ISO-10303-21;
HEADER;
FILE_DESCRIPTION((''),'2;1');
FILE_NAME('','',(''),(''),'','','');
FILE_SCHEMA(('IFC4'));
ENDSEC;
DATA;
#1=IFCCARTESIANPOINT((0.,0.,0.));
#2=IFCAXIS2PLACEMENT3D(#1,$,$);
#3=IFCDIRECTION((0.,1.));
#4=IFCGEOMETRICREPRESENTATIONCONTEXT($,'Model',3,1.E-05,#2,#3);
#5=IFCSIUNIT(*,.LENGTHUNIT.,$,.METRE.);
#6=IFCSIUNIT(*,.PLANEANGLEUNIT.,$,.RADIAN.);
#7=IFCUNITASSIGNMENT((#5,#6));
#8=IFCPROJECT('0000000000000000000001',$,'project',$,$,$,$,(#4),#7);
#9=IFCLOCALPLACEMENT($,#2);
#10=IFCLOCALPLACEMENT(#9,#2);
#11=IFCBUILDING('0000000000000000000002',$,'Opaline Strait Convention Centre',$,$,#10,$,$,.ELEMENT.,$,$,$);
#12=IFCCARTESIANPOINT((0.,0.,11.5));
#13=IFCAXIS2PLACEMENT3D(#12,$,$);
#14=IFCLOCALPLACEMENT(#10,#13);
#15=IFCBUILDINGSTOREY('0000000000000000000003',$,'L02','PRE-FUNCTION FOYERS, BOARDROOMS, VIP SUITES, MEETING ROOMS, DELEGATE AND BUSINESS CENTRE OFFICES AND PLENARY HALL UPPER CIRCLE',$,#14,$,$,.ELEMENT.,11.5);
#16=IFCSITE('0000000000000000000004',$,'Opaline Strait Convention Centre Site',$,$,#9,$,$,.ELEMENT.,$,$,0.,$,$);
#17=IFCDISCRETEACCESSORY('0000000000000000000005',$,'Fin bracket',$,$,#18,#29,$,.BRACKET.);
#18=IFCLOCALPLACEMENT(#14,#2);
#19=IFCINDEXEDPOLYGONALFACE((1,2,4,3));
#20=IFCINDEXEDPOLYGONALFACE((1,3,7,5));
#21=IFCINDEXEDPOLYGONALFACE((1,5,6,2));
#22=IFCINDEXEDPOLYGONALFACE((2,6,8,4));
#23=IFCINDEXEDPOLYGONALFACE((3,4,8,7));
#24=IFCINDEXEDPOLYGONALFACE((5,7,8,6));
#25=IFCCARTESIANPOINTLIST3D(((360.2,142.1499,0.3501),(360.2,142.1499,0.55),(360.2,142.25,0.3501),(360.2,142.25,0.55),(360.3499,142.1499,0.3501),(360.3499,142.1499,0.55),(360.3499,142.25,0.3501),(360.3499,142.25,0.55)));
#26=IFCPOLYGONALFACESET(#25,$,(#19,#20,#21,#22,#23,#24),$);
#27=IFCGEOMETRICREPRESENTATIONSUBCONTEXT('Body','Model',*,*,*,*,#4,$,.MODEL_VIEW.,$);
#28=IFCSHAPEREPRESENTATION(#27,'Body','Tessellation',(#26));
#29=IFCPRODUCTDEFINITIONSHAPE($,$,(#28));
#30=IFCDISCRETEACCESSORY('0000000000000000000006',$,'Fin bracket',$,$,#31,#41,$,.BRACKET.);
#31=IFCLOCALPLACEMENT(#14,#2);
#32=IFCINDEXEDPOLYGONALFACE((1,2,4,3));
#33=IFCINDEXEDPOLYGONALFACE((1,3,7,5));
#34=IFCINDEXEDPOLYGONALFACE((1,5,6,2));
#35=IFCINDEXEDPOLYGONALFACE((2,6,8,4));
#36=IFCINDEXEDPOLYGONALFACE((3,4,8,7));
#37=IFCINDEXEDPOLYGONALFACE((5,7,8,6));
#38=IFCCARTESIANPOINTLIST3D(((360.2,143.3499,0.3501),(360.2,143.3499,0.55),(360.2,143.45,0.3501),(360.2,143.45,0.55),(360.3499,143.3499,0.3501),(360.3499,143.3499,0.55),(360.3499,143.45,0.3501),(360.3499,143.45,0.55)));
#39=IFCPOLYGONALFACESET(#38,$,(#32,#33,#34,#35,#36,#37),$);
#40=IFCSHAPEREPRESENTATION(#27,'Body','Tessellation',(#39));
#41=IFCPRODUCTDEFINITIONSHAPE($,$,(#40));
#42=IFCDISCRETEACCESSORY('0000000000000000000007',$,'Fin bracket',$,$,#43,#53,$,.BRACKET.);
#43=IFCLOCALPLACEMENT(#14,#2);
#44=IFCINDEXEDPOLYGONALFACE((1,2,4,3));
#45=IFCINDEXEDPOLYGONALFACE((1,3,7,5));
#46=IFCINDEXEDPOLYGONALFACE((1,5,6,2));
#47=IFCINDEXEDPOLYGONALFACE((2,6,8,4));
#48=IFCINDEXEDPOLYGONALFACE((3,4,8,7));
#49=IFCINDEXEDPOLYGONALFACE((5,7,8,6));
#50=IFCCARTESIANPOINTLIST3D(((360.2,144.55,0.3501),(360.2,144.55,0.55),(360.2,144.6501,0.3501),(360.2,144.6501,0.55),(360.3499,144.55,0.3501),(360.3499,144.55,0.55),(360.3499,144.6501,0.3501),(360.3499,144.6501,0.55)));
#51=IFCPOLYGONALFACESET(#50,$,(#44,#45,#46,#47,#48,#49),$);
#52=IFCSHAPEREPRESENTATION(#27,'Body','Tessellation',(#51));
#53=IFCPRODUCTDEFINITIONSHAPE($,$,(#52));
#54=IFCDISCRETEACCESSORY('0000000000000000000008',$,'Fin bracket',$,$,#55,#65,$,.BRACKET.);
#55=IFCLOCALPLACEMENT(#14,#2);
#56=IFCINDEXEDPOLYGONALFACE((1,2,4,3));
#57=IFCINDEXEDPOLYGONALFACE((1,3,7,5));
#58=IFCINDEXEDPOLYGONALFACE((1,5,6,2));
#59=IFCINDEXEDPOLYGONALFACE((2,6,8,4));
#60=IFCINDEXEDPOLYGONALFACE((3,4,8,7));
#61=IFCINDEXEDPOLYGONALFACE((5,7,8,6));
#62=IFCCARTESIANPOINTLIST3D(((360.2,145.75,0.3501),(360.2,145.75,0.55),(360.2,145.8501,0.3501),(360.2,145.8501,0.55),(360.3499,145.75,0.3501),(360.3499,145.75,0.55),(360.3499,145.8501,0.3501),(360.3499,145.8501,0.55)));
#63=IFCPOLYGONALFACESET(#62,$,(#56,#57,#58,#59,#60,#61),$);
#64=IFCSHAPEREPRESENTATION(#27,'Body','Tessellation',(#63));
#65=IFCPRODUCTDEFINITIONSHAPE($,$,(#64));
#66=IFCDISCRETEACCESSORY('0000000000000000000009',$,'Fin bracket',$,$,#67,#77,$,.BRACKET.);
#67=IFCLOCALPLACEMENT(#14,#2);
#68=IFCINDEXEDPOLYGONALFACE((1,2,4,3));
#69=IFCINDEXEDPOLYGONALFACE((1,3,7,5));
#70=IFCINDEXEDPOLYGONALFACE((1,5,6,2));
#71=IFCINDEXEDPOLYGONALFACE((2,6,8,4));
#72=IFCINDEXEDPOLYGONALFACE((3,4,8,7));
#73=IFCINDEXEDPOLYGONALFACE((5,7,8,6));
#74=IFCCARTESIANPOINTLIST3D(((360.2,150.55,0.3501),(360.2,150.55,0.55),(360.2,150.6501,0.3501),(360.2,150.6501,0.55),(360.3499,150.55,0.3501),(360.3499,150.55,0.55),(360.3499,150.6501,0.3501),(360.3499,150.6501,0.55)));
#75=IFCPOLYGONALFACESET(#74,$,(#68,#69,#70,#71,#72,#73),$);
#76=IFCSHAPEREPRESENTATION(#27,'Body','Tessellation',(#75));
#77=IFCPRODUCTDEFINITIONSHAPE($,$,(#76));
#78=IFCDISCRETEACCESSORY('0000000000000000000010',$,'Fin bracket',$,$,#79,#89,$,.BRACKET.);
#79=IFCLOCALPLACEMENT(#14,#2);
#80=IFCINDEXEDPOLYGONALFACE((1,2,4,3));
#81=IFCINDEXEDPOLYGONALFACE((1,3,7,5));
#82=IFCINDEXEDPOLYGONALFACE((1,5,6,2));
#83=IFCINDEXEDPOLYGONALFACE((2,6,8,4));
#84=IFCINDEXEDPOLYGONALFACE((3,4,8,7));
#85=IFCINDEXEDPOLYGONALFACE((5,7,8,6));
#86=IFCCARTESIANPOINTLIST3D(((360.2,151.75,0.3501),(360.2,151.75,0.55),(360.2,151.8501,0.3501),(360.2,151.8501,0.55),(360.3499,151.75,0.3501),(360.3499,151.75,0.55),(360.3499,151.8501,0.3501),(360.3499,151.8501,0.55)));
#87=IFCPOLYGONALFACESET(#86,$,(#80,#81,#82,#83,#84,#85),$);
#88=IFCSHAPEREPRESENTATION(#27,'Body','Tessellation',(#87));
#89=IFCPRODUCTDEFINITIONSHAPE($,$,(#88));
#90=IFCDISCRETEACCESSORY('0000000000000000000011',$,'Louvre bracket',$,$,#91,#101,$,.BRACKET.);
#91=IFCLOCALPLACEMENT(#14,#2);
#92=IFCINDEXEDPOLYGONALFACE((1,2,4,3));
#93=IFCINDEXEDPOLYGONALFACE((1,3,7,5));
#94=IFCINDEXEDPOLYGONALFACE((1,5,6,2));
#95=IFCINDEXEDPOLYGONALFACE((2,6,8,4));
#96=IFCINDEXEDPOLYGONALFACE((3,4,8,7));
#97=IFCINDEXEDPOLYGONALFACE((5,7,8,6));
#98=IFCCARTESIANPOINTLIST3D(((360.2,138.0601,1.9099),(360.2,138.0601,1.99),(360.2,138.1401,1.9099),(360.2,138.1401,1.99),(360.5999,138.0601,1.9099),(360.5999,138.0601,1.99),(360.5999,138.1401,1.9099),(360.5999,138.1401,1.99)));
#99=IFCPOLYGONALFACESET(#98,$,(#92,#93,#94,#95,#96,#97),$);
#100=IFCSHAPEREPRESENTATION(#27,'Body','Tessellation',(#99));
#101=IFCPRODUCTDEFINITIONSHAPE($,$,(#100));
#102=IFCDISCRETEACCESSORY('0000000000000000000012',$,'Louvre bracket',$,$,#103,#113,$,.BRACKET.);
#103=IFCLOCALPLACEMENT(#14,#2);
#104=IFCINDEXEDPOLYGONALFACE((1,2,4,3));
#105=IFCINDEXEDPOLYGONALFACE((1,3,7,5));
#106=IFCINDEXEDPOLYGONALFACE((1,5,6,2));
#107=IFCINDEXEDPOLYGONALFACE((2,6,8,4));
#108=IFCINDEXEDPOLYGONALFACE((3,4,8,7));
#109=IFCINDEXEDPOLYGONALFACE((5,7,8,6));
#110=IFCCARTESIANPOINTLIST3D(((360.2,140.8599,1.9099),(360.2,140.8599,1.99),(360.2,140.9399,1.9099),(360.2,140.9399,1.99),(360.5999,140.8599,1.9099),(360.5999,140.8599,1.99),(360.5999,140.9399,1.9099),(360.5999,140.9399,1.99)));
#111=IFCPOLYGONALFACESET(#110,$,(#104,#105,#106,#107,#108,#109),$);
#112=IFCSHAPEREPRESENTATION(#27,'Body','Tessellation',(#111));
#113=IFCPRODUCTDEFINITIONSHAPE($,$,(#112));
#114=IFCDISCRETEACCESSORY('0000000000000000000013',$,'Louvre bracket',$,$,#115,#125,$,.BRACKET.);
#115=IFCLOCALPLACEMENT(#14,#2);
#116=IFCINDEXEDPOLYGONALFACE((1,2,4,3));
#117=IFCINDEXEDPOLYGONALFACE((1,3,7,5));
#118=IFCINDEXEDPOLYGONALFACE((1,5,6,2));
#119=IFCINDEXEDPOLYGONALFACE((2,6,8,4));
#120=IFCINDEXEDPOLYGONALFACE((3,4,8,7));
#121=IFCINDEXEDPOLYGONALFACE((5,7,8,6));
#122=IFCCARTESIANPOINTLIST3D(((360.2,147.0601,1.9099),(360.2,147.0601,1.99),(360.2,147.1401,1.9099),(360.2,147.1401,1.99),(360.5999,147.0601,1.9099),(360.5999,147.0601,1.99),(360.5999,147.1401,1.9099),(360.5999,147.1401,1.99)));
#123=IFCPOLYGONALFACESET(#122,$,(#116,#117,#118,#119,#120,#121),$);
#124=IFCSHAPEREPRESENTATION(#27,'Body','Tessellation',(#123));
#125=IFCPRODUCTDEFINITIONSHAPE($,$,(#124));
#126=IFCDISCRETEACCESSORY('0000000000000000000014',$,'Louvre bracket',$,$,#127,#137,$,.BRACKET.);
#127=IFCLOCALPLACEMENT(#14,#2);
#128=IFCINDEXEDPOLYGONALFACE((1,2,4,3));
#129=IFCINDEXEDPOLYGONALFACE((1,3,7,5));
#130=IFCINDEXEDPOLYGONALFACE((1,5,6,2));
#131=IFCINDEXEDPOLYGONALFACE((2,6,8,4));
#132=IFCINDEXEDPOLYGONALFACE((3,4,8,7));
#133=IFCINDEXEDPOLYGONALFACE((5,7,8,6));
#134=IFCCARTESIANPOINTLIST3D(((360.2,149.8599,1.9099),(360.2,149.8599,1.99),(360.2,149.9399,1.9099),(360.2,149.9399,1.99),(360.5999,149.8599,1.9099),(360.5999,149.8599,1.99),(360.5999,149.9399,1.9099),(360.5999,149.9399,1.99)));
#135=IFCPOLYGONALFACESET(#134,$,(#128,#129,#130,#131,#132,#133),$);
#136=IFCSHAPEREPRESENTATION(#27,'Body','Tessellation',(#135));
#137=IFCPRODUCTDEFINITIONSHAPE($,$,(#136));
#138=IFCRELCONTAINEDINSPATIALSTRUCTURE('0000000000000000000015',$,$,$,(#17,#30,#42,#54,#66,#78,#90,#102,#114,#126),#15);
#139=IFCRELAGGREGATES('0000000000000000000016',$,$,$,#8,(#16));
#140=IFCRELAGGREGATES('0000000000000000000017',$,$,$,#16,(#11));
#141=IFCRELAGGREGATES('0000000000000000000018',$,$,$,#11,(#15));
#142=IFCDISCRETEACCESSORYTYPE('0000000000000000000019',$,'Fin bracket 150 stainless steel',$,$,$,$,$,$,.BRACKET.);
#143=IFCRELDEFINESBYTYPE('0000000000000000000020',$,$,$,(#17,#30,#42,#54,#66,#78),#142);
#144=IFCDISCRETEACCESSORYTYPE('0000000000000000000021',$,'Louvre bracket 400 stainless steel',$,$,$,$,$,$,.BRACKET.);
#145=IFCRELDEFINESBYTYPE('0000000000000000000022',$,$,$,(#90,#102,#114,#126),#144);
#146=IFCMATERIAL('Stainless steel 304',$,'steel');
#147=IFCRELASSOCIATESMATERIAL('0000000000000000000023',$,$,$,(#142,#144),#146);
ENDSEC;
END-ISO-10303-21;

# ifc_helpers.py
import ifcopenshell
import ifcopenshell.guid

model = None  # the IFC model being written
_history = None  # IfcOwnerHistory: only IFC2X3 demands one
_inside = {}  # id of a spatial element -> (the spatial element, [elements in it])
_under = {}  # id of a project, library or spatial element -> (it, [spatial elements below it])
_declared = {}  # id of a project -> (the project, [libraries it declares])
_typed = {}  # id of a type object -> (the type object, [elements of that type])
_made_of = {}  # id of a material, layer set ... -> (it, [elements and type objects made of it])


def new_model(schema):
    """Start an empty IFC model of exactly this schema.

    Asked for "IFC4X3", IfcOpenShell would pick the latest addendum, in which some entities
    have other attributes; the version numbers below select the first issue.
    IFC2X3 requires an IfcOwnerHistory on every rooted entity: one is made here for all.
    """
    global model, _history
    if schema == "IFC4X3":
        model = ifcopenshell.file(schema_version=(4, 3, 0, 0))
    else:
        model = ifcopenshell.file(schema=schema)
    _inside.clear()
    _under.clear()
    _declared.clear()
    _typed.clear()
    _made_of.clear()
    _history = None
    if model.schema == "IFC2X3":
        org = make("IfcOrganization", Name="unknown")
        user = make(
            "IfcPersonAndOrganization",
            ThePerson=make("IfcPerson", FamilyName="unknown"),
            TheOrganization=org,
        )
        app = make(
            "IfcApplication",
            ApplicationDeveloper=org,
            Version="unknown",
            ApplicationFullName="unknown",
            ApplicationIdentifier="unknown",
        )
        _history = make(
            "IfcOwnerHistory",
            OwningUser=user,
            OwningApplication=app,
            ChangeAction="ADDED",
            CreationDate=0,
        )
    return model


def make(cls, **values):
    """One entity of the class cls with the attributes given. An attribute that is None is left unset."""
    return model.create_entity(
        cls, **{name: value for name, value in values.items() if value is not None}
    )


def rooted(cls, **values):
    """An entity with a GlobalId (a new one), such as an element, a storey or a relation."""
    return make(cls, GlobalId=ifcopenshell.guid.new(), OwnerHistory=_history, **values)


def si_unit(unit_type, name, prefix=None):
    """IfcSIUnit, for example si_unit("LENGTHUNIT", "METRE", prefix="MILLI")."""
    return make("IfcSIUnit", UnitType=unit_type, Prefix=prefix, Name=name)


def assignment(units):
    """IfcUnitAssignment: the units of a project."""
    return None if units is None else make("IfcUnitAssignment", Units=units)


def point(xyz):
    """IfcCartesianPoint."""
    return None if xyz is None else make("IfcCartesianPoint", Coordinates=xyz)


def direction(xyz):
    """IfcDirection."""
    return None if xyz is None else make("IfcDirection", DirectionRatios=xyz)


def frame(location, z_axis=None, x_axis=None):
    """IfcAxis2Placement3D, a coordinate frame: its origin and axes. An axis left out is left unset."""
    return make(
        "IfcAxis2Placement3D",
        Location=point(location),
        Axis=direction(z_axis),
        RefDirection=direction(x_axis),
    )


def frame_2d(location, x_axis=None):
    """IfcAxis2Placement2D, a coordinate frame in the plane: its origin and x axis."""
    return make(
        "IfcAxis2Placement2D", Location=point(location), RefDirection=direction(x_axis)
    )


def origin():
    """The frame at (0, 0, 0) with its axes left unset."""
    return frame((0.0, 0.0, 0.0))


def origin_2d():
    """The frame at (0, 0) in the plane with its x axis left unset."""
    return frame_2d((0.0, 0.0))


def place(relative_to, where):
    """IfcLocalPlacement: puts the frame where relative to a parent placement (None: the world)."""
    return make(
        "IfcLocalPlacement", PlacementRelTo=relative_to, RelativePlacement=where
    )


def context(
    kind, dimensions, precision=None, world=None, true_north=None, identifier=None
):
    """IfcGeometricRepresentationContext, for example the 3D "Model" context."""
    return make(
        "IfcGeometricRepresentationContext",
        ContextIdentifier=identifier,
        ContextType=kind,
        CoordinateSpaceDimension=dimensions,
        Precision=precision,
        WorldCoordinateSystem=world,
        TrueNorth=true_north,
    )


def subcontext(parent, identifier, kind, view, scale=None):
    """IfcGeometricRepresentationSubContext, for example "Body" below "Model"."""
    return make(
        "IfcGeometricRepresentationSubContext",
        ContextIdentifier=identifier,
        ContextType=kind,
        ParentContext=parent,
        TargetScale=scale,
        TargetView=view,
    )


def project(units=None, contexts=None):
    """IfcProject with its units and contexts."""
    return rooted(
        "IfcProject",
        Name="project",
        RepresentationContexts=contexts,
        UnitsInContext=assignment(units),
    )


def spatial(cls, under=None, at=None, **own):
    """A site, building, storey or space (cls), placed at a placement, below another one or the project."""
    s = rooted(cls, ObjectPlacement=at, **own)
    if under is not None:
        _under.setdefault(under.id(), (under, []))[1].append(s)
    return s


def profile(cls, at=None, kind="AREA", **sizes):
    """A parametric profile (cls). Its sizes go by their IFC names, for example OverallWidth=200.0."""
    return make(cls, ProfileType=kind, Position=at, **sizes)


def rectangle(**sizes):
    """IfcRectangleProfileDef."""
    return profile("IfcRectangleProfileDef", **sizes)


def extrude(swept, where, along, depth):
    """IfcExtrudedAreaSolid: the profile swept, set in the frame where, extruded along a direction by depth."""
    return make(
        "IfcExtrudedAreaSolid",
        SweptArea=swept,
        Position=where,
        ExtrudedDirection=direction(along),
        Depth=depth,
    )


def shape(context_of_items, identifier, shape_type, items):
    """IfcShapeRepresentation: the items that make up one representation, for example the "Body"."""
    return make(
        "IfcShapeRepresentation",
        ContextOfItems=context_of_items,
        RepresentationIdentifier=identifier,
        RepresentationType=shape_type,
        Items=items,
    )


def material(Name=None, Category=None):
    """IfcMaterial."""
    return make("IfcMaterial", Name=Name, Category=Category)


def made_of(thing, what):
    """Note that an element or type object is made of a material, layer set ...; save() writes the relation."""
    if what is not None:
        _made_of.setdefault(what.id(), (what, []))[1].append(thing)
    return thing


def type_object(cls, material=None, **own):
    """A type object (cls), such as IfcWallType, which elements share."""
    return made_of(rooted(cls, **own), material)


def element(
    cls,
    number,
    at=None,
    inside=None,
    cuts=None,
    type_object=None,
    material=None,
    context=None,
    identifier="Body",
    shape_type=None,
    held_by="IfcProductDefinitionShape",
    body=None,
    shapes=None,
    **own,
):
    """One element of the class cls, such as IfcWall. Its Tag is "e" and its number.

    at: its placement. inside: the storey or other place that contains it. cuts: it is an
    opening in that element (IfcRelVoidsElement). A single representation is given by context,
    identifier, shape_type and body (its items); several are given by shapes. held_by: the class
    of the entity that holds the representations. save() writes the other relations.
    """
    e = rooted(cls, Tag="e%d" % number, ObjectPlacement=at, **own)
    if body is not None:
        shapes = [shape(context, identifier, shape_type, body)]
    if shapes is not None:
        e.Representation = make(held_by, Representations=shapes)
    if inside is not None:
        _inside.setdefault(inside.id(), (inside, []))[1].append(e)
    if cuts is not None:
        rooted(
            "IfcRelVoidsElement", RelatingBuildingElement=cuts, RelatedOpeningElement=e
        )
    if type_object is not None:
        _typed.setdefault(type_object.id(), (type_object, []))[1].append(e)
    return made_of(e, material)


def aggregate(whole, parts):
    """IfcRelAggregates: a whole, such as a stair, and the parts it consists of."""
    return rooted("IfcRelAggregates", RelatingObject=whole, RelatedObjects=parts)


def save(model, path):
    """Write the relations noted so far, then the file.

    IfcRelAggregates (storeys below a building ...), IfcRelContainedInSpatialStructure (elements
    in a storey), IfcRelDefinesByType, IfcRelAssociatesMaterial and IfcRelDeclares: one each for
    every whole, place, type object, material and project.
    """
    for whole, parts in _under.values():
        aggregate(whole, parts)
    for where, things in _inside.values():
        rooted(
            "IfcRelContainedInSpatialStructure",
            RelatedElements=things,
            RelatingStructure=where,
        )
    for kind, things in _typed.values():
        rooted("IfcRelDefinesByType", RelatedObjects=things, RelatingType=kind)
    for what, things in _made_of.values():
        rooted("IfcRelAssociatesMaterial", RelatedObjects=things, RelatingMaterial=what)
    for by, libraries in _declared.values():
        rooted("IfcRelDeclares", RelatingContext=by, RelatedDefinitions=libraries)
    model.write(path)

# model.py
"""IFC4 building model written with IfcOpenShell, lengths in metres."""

from ifc_helpers import new_model, si_unit, direction, frame, origin, origin_2d, place, context, subcontext, project, spatial, rectangle, extrude, material, type_object, element, save


model = new_model("IFC4")

# Units and contexts
model_context = context("Model", 3, precision=1e-05, world=origin(), true_north=direction((0.0, 1.0)))
body_context = subcontext(model_context, "Body", "Model", "MODEL_VIEW")
ifc_project = project(units=[si_unit("LENGTHUNIT", "METRE"), si_unit("PLANEANGLEUNIT", "RADIAN")], contexts=[model_context])

# Site, building, storey
site_placement = place(None, origin())
site = spatial("IfcSite", under=ifc_project, at=site_placement, Name="Opaline Strait Convention Centre Site", CompositionType="ELEMENT", RefElevation=0.0)
building_placement = place(site_placement, origin())
building = spatial("IfcBuilding", under=site, at=building_placement, Name="Opaline Strait Convention Centre", CompositionType="ELEMENT")
storey_placement = place(building_placement, frame((0.0, 0.0, 11.5)))
storey = spatial("IfcBuildingStorey", under=building, at=storey_placement, Name="L02", Description="PRE-FUNCTION FOYERS, BOARDROOMS, VIP SUITES, MEETING ROOMS, DELEGATE AND BUSINESS CENTRE OFFICES AND PLENARY HALL UPPER CIRCLE", CompositionType="ELEMENT", Elevation=11.5)

# Discrete accessories
ifc_material_1 = material(Name="Stainless steel 304", Category="steel")
discrete_accessory_type_1 = type_object("IfcDiscreteAccessoryType", Name="Fin bracket 150 stainless steel", PredefinedType="BRACKET", material=ifc_material_1)
for number, where, z_axis, x_axis, name in (
    (1, (360.2749, 142.2, 0.3501), (0.0, 0.0, 1.0), (1.0, 0.0, 0.0), "Fin bracket"),
    (2, (360.2749, 143.3999, 0.3501), (0.0, 0.0, 1.0), (1.0, 0.0, 0.0), "Fin bracket"),
    (3, (360.2749, 144.6001, 0.3501), (0.0, 0.0, 1.0), (1.0, 0.0, 0.0), "Fin bracket"),
    (4, (360.2749, 145.8, 0.3501), (0.0, 0.0, 1.0), (1.0, 0.0, 0.0), "Fin bracket"),
    (5, (360.2749, 150.6001, 0.3501), (0.0, 0.0, 1.0), (1.0, 0.0, 0.0), "Fin bracket"),
    (6, (360.2749, 151.8, 0.3501), (0.0, 0.0, 1.0), (1.0, 0.0, 0.0), "Fin bracket"),
):
    element("IfcDiscreteAccessory", number, at=place(storey_placement, frame(where, z_axis=z_axis, x_axis=x_axis)), inside=storey, type_object=discrete_accessory_type_1, Name=name, PredefinedType="BRACKET", context=body_context, shape_type="SweptSolid", body=[
        extrude(rectangle(XDim=0.1499, YDim=0.1001, at=origin_2d()), origin(), (0.0, 0.0, 1.0), 0.2),
    ])
discrete_accessory_type_2 = type_object("IfcDiscreteAccessoryType", Name="Louvre bracket 400 stainless steel", PredefinedType="BRACKET", material=ifc_material_1)
for number, where, z_axis, x_axis, name in (
    (7, (360.3999, 138.1001, 1.9099), (0.0, 0.0, 1.0), (1.0, 0.0, 0.0), "Louvre bracket"),
    (8, (360.3999, 140.8999, 1.9099), (0.0, 0.0, 1.0), (1.0, 0.0, 0.0), "Louvre bracket"),
    (9, (360.3999, 147.1001, 1.9099), (0.0, 0.0, 1.0), (1.0, 0.0, 0.0), "Louvre bracket"),
    (10, (360.3999, 149.8999, 1.9099), (0.0, 0.0, 1.0), (1.0, 0.0, 0.0), "Louvre bracket"),
):
    element("IfcDiscreteAccessory", number, at=place(storey_placement, frame(where, z_axis=z_axis, x_axis=x_axis)), inside=storey, type_object=discrete_accessory_type_2, Name=name, PredefinedType="BRACKET", context=body_context, shape_type="SweptSolid", body=[
        extrude(rectangle(XDim=0.3999, YDim=0.0801, at=origin_2d()), origin(), (0.0, 0.0, 1.0), 0.0801),
    ])

save(model, "model.ifc")
